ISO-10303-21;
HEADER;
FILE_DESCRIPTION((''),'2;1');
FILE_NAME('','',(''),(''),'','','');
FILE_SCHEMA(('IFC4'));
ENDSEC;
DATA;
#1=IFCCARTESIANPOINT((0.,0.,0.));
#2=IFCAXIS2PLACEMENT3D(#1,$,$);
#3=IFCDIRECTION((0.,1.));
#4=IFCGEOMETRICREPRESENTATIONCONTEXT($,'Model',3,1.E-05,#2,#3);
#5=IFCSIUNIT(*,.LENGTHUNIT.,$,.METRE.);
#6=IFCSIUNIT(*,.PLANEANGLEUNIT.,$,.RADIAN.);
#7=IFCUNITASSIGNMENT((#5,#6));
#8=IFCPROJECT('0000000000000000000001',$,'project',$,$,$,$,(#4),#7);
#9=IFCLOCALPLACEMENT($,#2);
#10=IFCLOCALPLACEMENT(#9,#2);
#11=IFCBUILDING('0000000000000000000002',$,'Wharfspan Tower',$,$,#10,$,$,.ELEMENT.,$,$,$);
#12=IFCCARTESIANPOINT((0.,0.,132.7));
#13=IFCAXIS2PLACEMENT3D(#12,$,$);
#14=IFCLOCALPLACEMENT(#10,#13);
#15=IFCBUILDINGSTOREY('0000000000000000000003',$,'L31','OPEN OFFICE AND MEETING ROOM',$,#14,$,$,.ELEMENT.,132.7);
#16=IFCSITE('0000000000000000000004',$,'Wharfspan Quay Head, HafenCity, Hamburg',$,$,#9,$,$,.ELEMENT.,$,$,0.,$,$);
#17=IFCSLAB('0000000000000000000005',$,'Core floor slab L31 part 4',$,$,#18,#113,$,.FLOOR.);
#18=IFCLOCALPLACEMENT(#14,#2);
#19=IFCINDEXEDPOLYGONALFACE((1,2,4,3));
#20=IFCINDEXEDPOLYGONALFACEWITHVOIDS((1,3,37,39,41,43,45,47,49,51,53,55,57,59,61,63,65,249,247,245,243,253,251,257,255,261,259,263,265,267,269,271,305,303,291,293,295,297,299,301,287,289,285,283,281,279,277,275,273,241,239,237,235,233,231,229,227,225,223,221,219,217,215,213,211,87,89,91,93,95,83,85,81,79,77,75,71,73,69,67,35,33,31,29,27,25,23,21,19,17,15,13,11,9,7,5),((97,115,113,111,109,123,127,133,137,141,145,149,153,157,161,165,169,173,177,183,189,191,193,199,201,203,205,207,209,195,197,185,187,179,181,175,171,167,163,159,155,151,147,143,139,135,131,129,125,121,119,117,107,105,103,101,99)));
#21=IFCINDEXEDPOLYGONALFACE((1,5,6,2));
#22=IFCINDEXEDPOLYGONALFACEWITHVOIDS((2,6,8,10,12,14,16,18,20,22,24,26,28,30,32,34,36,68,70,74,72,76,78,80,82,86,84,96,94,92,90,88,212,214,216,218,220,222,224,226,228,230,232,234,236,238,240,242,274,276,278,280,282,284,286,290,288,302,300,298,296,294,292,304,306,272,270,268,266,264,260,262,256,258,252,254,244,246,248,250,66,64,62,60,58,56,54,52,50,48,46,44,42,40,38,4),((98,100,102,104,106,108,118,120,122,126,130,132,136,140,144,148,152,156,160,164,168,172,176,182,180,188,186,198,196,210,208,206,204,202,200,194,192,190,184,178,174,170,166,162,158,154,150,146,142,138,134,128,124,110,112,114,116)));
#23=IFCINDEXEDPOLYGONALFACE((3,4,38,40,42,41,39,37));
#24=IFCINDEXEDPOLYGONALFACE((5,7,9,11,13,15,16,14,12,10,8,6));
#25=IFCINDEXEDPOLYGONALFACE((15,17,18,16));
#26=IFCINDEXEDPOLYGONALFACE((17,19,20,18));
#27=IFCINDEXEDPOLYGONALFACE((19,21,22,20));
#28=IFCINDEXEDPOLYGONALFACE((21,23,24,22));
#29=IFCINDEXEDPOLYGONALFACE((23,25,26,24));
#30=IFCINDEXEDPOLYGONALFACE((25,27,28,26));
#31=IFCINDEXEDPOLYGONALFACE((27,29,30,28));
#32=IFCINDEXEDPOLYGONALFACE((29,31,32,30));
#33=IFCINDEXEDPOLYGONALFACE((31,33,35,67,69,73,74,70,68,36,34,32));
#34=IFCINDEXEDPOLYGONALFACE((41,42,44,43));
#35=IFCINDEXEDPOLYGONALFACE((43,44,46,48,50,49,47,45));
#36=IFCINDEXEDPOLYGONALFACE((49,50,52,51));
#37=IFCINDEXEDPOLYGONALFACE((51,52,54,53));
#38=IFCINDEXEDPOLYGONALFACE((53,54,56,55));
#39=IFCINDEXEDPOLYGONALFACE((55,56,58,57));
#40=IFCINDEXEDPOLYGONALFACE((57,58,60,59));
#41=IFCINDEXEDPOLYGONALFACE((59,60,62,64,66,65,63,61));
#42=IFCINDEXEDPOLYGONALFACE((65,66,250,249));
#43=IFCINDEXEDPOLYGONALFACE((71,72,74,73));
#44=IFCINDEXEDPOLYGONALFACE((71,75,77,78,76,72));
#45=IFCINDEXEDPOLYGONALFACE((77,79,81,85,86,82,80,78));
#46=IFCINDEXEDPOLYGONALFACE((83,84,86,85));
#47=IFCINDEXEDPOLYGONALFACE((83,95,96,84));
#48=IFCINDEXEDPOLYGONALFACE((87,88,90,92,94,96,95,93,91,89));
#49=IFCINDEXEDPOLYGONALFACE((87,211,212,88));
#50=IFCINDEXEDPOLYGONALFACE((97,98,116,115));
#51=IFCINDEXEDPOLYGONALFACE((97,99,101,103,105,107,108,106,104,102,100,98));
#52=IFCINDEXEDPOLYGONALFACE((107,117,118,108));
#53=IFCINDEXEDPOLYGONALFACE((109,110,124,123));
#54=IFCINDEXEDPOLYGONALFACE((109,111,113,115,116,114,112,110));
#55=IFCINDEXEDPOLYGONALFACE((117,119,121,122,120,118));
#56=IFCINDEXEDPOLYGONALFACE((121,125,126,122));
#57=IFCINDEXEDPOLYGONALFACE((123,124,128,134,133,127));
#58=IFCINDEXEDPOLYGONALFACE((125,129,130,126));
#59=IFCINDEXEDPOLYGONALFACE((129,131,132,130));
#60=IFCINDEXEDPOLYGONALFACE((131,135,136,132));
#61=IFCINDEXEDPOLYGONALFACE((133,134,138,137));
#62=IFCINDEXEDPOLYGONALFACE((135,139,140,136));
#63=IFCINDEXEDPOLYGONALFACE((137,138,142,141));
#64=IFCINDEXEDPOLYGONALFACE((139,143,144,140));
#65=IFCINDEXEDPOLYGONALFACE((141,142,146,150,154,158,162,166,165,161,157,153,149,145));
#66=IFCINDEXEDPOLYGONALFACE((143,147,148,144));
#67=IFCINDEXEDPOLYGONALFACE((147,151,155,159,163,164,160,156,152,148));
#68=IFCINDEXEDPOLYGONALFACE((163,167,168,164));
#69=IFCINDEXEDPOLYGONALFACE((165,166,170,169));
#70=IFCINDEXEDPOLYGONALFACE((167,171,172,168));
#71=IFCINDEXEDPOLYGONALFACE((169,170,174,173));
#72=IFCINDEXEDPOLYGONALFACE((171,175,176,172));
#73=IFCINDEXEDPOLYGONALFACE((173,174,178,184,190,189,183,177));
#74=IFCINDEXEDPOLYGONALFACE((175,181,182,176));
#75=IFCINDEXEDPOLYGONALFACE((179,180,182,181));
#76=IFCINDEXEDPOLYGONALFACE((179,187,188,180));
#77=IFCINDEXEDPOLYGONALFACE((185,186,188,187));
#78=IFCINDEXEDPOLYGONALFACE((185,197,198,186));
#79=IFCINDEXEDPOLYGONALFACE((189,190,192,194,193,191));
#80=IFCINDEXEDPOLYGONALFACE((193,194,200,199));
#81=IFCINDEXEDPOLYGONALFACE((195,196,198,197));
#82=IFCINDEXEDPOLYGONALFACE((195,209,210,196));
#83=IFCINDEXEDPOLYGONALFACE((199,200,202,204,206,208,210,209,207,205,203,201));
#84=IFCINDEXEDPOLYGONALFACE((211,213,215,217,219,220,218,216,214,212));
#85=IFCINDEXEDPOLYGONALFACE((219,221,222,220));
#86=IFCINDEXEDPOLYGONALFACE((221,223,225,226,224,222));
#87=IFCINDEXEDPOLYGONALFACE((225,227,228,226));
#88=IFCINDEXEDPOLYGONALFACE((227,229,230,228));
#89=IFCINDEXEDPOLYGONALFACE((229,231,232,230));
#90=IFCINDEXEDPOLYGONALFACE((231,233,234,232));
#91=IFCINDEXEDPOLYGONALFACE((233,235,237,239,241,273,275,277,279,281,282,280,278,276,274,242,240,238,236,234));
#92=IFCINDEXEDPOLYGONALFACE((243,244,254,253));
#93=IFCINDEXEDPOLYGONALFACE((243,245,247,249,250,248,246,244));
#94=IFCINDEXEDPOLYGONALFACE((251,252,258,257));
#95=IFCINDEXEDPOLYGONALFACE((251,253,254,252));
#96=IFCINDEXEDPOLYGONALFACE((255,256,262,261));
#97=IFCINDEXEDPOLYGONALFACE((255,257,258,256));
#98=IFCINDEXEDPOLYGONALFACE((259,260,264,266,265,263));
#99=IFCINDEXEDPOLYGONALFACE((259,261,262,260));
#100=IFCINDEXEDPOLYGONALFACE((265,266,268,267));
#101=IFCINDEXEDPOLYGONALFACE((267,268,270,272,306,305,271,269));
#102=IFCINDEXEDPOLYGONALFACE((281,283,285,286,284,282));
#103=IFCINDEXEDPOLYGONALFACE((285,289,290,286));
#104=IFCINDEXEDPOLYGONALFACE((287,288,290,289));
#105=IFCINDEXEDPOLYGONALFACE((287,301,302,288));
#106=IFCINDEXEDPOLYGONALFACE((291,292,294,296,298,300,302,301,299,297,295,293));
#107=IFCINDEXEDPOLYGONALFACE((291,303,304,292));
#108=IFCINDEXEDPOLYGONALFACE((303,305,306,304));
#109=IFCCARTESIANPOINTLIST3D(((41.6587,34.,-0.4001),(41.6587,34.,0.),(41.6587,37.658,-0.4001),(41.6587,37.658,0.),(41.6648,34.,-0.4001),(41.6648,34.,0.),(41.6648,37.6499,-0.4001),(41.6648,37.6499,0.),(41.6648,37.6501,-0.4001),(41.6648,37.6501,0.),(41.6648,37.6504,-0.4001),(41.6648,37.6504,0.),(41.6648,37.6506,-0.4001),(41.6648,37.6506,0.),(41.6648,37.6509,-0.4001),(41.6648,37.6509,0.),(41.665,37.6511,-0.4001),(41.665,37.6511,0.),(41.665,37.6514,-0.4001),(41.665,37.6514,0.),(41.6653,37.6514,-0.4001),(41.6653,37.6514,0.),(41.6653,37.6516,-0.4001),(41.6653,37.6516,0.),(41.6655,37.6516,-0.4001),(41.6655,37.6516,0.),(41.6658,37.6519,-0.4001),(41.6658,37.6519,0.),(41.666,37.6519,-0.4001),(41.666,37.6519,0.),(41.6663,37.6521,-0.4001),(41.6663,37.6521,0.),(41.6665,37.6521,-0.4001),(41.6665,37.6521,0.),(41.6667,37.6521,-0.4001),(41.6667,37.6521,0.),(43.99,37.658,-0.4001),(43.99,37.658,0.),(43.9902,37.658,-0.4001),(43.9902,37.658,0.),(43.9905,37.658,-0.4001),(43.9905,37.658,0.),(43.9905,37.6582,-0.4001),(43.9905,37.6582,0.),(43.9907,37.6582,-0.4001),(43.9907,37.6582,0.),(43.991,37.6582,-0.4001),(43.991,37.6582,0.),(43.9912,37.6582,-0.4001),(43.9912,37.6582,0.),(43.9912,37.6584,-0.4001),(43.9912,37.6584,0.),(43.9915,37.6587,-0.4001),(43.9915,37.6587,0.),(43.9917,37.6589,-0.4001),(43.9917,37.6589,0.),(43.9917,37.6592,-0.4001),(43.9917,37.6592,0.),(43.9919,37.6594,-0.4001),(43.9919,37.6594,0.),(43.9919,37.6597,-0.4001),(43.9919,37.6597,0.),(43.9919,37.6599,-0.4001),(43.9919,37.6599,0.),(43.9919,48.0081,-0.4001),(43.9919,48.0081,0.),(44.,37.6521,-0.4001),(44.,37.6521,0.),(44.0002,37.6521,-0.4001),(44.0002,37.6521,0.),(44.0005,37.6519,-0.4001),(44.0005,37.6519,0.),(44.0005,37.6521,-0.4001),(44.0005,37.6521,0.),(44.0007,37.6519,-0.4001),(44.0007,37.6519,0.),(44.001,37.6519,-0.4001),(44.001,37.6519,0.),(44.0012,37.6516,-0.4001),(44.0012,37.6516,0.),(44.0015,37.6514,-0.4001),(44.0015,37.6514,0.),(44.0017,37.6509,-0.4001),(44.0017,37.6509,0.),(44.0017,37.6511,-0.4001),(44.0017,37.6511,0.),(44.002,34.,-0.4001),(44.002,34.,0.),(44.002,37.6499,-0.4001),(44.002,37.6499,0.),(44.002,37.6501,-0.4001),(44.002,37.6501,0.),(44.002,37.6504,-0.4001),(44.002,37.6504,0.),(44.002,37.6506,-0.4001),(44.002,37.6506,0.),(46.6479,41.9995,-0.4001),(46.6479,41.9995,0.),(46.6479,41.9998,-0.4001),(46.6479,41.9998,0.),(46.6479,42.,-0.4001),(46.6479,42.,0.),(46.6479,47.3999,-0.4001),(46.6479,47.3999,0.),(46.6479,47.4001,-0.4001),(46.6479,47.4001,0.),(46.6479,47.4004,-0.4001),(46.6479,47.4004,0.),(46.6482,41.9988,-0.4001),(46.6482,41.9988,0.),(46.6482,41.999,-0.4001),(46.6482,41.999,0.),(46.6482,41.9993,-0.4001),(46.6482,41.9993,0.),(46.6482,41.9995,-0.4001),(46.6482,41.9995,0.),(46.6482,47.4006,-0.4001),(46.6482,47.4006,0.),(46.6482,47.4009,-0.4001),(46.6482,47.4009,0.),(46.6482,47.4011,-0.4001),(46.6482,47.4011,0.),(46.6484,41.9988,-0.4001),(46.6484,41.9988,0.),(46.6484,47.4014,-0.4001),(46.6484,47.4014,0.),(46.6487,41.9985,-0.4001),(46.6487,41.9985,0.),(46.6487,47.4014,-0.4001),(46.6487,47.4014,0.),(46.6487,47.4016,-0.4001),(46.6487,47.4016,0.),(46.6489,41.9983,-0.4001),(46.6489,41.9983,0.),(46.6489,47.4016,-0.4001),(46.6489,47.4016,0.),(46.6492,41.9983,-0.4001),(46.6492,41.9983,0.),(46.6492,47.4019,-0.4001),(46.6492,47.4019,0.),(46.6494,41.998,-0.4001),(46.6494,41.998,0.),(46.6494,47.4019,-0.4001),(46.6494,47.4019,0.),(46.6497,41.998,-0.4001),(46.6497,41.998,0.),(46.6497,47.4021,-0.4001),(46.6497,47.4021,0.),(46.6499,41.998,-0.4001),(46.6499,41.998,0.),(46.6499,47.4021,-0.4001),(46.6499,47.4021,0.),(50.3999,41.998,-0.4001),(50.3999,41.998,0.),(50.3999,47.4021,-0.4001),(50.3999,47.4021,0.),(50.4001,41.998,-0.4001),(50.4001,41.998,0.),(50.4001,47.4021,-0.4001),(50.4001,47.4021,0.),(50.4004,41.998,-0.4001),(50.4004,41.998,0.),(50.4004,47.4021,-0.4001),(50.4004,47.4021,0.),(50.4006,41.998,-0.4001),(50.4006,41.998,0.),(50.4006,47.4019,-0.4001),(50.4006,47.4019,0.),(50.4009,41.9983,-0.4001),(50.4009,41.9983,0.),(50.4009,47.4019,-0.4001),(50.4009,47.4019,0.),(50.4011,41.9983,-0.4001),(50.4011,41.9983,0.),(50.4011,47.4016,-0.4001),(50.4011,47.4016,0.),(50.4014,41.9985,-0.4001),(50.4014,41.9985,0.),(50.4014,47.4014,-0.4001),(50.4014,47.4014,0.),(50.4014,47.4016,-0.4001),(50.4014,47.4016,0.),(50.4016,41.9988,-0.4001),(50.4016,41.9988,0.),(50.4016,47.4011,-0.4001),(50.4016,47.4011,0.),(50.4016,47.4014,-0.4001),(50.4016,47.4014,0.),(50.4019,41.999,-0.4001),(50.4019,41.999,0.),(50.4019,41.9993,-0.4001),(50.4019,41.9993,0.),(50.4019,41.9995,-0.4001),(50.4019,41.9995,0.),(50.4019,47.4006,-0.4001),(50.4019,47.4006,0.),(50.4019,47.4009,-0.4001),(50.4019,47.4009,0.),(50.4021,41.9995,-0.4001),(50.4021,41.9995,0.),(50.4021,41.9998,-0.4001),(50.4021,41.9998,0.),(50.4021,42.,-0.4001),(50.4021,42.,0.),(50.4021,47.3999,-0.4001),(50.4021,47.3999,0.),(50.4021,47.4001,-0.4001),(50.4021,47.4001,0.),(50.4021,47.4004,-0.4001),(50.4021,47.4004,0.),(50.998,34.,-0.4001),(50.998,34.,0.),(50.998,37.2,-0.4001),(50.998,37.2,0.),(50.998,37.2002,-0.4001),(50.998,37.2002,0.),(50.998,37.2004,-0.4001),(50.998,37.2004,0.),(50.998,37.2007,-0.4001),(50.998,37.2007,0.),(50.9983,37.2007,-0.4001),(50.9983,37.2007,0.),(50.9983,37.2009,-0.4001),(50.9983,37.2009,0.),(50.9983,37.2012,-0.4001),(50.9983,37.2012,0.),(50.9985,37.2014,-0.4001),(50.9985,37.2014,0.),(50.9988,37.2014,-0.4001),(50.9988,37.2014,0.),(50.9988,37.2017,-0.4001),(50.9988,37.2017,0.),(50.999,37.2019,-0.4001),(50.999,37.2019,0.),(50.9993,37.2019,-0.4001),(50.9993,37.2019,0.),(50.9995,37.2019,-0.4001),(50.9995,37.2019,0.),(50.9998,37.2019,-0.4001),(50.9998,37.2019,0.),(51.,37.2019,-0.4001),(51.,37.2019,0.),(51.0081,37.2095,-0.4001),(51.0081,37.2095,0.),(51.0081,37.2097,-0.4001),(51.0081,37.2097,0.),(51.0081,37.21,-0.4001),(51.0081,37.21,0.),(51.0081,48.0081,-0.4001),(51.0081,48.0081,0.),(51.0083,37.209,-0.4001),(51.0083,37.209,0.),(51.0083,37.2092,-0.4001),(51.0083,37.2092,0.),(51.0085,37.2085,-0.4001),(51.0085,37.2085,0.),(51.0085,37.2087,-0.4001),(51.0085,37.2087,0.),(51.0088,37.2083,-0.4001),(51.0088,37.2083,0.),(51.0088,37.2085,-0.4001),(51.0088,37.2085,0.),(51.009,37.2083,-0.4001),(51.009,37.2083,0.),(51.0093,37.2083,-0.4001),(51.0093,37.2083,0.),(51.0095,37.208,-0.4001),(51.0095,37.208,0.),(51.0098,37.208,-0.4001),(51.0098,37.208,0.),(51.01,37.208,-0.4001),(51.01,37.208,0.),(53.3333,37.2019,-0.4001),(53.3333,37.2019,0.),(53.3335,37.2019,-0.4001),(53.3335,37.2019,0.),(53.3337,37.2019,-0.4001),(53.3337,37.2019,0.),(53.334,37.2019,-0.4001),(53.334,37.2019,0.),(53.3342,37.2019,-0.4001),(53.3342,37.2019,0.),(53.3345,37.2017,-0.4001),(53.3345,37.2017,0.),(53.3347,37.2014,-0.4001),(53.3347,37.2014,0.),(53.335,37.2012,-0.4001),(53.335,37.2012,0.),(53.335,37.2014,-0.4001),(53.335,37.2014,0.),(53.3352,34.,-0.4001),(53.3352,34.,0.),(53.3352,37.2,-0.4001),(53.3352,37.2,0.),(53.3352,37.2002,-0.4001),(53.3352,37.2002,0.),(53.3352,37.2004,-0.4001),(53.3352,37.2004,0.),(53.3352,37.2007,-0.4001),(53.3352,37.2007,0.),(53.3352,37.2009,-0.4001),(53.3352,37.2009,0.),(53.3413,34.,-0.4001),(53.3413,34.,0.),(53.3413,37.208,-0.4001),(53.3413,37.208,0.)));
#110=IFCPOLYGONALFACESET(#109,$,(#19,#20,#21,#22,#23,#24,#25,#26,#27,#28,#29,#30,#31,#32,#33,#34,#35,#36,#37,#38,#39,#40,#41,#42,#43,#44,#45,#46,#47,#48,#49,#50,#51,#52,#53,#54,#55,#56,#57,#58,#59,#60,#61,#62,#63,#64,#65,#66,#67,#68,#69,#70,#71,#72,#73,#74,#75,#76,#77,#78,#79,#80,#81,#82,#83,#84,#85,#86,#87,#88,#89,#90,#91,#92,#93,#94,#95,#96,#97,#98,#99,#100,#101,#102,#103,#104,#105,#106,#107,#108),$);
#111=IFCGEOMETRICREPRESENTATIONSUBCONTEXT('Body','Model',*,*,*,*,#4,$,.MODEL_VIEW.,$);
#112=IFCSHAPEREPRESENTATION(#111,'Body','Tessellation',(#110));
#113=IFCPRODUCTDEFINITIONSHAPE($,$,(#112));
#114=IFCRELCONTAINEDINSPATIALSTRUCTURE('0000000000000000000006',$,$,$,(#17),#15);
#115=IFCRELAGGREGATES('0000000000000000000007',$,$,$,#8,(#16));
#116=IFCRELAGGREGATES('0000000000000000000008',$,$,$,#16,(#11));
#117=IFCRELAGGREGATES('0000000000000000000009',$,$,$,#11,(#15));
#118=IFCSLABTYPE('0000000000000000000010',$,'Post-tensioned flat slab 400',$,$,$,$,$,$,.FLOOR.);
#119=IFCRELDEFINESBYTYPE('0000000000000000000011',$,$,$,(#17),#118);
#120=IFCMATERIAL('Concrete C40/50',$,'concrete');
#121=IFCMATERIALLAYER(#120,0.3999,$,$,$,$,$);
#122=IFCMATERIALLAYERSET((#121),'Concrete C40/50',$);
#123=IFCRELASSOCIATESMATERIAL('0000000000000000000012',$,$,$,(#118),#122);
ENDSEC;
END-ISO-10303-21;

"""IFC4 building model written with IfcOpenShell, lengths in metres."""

from ifc_helpers import new_model, si_unit, direction, frame, origin, place, context, subcontext, project, spatial, polyline, outline, extrude, material, layer, layer_set, type_object, element, save


model = new_model("IFC4")

# Units and contexts
model_context = context("Model", 3, precision=1e-05, world=origin(), true_north=direction((0.0, 1.0)))
body_context = subcontext(model_context, "Body", "Model", "MODEL_VIEW")
ifc_project = project(units=[si_unit("LENGTHUNIT", "METRE"), si_unit("PLANEANGLEUNIT", "RADIAN")], contexts=[model_context])

# Site, building, storey
site_placement = place(None, origin())
site = spatial("IfcSite", under=ifc_project, at=site_placement, Name="Wharfspan Quay Head, HafenCity, Hamburg", CompositionType="ELEMENT", RefElevation=0.0)
building_placement = place(site_placement, origin())
building = spatial("IfcBuilding", under=site, at=building_placement, Name="Wharfspan Tower", CompositionType="ELEMENT")
storey_placement = place(building_placement, frame((0.0, 0.0, 132.7)))
storey = spatial("IfcBuildingStorey", under=building, at=storey_placement, Name="L31", Description="OPEN OFFICE AND MEETING ROOM", CompositionType="ELEMENT", Elevation=132.7)

# Slab
ifc_material_1 = material(Name="Concrete C40/50", Category="concrete")
ifc_layer_1 = layer(ifc_material_1, 0.3999)
ifc_layer_set_1 = layer_set([ifc_layer_1], Name="Concrete C40/50")
slab_type = type_object("IfcSlabType", Name="Post-tensioned flat slab 400", PredefinedType="FLOOR", material=ifc_layer_set_1)
slab_1_placement = place(storey_placement, frame((0.0, 0.0, -0.4001)))
element("IfcSlab", 1, at=slab_1_placement, inside=storey, type_object=slab_type, Name="Core floor slab L31 part 4", PredefinedType="FLOOR", context=body_context, shape_type="SweptSolid", body=[
    extrude(outline(polyline([(53.3413, 34.0), (53.3413, 37.208), (51.01, 37.208), (51.0098, 37.208), (51.0095, 37.208), (51.0095, 37.208), (51.0093, 37.2083), (51.009, 37.2083), (51.0088, 37.2083), (51.0088, 37.2085), (51.0085, 37.2085), (51.0085, 37.2087), (51.0083, 37.209), (51.0083, 37.209), (51.0083, 37.2092), (51.0081, 37.2095), (51.0081, 37.2097), (51.0081, 37.2097), (51.0081, 37.21), (51.0081, 48.0081), (43.9919, 48.0081), (43.9919, 37.6599), (43.9919, 37.6599), (43.9919, 37.6597), (43.9919, 37.6594), (43.9917, 37.6592), (43.9917, 37.6592), (43.9917, 37.6589), (43.9915, 37.6587), (43.9915, 37.6587), (43.9912, 37.6584), (43.9912, 37.6582), (43.991, 37.6582), (43.9907, 37.6582), (43.9905, 37.6582), (43.9905, 37.658), (43.9902, 37.658), (43.99, 37.658), (41.6587, 37.658), (41.6587, 34.0), (41.6648, 34.0), (41.6648, 37.6499), (41.6648, 37.6501), (41.6648, 37.6504), (41.6648, 37.6506), (41.6648, 37.6509), (41.6648, 37.6509), (41.665, 37.6511), (41.665, 37.6514), (41.6653, 37.6514), (41.6653, 37.6516), (41.6655, 37.6516), (41.6658, 37.6519), (41.666, 37.6519), (41.666, 37.6519), (41.6663, 37.6521), (41.6665, 37.6521), (41.6667, 37.6521), (44.0, 37.6521), (44.0002, 37.6521), (44.0005, 37.6521), (44.0005, 37.6519), (44.0007, 37.6519), (44.001, 37.6519), (44.0012, 37.6516), (44.0012, 37.6516), (44.0015, 37.6514), (44.0015, 37.6514), (44.0017, 37.6511), (44.0017, 37.6509), (44.0017, 37.6509), (44.002, 37.6506), (44.002, 37.6504), (44.002, 37.6501), (44.002, 37.6499), (44.002, 34.0), (50.998, 34.0), (50.998, 37.2), (50.998, 37.2002), (50.998, 37.2004), (50.998, 37.2007), (50.9983, 37.2007), (50.9983, 37.2009), (50.9983, 37.2012), (50.9985, 37.2014), (50.9985, 37.2014), (50.9988, 37.2014), (50.9988, 37.2017), (50.999, 37.2019), (50.9993, 37.2019), (50.9995, 37.2019), (50.9995, 37.2019), (50.9998, 37.2019), (51.0, 37.2019), (53.3333, 37.2019), (53.3335, 37.2019), (53.3337, 37.2019), (53.334, 37.2019), (53.334, 37.2019), (53.3342, 37.2019), (53.3345, 37.2017), (53.3347, 37.2014), (53.3347, 37.2014), (53.335, 37.2014), (53.335, 37.2012), (53.3352, 37.2009), (53.3352, 37.2007), (53.3352, 37.2007), (53.3352, 37.2004), (53.3352, 37.2002), (53.3352, 37.2), (53.3352, 34.0), (53.3413, 34.0)]), holes=[polyline([(50.4021, 42.0), (50.4021, 41.9998), (50.4021, 41.9995), (50.4019, 41.9995), (50.4019, 41.9993), (50.4019, 41.999), (50.4016, 41.9988), (50.4016, 41.9988), (50.4014, 41.9985), (50.4014, 41.9985), (50.4011, 41.9983), (50.4009, 41.9983), (50.4009, 41.9983), (50.4006, 41.998), (50.4004, 41.998), (50.4001, 41.998), (50.3999, 41.998), (46.6499, 41.998), (46.6499, 41.998), (46.6497, 41.998), (46.6494, 41.998), (46.6492, 41.9983), (46.6492, 41.9983), (46.6489, 41.9983), (46.6487, 41.9985), (46.6487, 41.9985), (46.6484, 41.9988), (46.6482, 41.9988), (46.6482, 41.999), (46.6482, 41.9993), (46.6482, 41.9995), (46.6479, 41.9995), (46.6479, 41.9998), (46.6479, 42.0), (46.6479, 47.3999), (46.6479, 47.4001), (46.6479, 47.4004), (46.6482, 47.4006), (46.6482, 47.4009), (46.6482, 47.4009), (46.6482, 47.4011), (46.6484, 47.4014), (46.6487, 47.4014), (46.6487, 47.4016), (46.6489, 47.4016), (46.6492, 47.4019), (46.6492, 47.4019), (46.6494, 47.4019), (46.6497, 47.4021), (46.6499, 47.4021), (46.6499, 47.4021), (50.3999, 47.4021), (50.4001, 47.4021), (50.4004, 47.4021), (50.4006, 47.4019), (50.4009, 47.4019), (50.4009, 47.4019), (50.4011, 47.4016), (50.4014, 47.4016), (50.4014, 47.4014), (50.4016, 47.4014), (50.4016, 47.4011), (50.4019, 47.4009), (50.4019, 47.4009), (50.4019, 47.4006), (50.4021, 47.4004), (50.4021, 47.4001), (50.4021, 47.3999), (50.4021, 42.0)])]), origin(), (0.0, 0.0, 1.0), 0.4001),
])

save(model, "model.ifc")
